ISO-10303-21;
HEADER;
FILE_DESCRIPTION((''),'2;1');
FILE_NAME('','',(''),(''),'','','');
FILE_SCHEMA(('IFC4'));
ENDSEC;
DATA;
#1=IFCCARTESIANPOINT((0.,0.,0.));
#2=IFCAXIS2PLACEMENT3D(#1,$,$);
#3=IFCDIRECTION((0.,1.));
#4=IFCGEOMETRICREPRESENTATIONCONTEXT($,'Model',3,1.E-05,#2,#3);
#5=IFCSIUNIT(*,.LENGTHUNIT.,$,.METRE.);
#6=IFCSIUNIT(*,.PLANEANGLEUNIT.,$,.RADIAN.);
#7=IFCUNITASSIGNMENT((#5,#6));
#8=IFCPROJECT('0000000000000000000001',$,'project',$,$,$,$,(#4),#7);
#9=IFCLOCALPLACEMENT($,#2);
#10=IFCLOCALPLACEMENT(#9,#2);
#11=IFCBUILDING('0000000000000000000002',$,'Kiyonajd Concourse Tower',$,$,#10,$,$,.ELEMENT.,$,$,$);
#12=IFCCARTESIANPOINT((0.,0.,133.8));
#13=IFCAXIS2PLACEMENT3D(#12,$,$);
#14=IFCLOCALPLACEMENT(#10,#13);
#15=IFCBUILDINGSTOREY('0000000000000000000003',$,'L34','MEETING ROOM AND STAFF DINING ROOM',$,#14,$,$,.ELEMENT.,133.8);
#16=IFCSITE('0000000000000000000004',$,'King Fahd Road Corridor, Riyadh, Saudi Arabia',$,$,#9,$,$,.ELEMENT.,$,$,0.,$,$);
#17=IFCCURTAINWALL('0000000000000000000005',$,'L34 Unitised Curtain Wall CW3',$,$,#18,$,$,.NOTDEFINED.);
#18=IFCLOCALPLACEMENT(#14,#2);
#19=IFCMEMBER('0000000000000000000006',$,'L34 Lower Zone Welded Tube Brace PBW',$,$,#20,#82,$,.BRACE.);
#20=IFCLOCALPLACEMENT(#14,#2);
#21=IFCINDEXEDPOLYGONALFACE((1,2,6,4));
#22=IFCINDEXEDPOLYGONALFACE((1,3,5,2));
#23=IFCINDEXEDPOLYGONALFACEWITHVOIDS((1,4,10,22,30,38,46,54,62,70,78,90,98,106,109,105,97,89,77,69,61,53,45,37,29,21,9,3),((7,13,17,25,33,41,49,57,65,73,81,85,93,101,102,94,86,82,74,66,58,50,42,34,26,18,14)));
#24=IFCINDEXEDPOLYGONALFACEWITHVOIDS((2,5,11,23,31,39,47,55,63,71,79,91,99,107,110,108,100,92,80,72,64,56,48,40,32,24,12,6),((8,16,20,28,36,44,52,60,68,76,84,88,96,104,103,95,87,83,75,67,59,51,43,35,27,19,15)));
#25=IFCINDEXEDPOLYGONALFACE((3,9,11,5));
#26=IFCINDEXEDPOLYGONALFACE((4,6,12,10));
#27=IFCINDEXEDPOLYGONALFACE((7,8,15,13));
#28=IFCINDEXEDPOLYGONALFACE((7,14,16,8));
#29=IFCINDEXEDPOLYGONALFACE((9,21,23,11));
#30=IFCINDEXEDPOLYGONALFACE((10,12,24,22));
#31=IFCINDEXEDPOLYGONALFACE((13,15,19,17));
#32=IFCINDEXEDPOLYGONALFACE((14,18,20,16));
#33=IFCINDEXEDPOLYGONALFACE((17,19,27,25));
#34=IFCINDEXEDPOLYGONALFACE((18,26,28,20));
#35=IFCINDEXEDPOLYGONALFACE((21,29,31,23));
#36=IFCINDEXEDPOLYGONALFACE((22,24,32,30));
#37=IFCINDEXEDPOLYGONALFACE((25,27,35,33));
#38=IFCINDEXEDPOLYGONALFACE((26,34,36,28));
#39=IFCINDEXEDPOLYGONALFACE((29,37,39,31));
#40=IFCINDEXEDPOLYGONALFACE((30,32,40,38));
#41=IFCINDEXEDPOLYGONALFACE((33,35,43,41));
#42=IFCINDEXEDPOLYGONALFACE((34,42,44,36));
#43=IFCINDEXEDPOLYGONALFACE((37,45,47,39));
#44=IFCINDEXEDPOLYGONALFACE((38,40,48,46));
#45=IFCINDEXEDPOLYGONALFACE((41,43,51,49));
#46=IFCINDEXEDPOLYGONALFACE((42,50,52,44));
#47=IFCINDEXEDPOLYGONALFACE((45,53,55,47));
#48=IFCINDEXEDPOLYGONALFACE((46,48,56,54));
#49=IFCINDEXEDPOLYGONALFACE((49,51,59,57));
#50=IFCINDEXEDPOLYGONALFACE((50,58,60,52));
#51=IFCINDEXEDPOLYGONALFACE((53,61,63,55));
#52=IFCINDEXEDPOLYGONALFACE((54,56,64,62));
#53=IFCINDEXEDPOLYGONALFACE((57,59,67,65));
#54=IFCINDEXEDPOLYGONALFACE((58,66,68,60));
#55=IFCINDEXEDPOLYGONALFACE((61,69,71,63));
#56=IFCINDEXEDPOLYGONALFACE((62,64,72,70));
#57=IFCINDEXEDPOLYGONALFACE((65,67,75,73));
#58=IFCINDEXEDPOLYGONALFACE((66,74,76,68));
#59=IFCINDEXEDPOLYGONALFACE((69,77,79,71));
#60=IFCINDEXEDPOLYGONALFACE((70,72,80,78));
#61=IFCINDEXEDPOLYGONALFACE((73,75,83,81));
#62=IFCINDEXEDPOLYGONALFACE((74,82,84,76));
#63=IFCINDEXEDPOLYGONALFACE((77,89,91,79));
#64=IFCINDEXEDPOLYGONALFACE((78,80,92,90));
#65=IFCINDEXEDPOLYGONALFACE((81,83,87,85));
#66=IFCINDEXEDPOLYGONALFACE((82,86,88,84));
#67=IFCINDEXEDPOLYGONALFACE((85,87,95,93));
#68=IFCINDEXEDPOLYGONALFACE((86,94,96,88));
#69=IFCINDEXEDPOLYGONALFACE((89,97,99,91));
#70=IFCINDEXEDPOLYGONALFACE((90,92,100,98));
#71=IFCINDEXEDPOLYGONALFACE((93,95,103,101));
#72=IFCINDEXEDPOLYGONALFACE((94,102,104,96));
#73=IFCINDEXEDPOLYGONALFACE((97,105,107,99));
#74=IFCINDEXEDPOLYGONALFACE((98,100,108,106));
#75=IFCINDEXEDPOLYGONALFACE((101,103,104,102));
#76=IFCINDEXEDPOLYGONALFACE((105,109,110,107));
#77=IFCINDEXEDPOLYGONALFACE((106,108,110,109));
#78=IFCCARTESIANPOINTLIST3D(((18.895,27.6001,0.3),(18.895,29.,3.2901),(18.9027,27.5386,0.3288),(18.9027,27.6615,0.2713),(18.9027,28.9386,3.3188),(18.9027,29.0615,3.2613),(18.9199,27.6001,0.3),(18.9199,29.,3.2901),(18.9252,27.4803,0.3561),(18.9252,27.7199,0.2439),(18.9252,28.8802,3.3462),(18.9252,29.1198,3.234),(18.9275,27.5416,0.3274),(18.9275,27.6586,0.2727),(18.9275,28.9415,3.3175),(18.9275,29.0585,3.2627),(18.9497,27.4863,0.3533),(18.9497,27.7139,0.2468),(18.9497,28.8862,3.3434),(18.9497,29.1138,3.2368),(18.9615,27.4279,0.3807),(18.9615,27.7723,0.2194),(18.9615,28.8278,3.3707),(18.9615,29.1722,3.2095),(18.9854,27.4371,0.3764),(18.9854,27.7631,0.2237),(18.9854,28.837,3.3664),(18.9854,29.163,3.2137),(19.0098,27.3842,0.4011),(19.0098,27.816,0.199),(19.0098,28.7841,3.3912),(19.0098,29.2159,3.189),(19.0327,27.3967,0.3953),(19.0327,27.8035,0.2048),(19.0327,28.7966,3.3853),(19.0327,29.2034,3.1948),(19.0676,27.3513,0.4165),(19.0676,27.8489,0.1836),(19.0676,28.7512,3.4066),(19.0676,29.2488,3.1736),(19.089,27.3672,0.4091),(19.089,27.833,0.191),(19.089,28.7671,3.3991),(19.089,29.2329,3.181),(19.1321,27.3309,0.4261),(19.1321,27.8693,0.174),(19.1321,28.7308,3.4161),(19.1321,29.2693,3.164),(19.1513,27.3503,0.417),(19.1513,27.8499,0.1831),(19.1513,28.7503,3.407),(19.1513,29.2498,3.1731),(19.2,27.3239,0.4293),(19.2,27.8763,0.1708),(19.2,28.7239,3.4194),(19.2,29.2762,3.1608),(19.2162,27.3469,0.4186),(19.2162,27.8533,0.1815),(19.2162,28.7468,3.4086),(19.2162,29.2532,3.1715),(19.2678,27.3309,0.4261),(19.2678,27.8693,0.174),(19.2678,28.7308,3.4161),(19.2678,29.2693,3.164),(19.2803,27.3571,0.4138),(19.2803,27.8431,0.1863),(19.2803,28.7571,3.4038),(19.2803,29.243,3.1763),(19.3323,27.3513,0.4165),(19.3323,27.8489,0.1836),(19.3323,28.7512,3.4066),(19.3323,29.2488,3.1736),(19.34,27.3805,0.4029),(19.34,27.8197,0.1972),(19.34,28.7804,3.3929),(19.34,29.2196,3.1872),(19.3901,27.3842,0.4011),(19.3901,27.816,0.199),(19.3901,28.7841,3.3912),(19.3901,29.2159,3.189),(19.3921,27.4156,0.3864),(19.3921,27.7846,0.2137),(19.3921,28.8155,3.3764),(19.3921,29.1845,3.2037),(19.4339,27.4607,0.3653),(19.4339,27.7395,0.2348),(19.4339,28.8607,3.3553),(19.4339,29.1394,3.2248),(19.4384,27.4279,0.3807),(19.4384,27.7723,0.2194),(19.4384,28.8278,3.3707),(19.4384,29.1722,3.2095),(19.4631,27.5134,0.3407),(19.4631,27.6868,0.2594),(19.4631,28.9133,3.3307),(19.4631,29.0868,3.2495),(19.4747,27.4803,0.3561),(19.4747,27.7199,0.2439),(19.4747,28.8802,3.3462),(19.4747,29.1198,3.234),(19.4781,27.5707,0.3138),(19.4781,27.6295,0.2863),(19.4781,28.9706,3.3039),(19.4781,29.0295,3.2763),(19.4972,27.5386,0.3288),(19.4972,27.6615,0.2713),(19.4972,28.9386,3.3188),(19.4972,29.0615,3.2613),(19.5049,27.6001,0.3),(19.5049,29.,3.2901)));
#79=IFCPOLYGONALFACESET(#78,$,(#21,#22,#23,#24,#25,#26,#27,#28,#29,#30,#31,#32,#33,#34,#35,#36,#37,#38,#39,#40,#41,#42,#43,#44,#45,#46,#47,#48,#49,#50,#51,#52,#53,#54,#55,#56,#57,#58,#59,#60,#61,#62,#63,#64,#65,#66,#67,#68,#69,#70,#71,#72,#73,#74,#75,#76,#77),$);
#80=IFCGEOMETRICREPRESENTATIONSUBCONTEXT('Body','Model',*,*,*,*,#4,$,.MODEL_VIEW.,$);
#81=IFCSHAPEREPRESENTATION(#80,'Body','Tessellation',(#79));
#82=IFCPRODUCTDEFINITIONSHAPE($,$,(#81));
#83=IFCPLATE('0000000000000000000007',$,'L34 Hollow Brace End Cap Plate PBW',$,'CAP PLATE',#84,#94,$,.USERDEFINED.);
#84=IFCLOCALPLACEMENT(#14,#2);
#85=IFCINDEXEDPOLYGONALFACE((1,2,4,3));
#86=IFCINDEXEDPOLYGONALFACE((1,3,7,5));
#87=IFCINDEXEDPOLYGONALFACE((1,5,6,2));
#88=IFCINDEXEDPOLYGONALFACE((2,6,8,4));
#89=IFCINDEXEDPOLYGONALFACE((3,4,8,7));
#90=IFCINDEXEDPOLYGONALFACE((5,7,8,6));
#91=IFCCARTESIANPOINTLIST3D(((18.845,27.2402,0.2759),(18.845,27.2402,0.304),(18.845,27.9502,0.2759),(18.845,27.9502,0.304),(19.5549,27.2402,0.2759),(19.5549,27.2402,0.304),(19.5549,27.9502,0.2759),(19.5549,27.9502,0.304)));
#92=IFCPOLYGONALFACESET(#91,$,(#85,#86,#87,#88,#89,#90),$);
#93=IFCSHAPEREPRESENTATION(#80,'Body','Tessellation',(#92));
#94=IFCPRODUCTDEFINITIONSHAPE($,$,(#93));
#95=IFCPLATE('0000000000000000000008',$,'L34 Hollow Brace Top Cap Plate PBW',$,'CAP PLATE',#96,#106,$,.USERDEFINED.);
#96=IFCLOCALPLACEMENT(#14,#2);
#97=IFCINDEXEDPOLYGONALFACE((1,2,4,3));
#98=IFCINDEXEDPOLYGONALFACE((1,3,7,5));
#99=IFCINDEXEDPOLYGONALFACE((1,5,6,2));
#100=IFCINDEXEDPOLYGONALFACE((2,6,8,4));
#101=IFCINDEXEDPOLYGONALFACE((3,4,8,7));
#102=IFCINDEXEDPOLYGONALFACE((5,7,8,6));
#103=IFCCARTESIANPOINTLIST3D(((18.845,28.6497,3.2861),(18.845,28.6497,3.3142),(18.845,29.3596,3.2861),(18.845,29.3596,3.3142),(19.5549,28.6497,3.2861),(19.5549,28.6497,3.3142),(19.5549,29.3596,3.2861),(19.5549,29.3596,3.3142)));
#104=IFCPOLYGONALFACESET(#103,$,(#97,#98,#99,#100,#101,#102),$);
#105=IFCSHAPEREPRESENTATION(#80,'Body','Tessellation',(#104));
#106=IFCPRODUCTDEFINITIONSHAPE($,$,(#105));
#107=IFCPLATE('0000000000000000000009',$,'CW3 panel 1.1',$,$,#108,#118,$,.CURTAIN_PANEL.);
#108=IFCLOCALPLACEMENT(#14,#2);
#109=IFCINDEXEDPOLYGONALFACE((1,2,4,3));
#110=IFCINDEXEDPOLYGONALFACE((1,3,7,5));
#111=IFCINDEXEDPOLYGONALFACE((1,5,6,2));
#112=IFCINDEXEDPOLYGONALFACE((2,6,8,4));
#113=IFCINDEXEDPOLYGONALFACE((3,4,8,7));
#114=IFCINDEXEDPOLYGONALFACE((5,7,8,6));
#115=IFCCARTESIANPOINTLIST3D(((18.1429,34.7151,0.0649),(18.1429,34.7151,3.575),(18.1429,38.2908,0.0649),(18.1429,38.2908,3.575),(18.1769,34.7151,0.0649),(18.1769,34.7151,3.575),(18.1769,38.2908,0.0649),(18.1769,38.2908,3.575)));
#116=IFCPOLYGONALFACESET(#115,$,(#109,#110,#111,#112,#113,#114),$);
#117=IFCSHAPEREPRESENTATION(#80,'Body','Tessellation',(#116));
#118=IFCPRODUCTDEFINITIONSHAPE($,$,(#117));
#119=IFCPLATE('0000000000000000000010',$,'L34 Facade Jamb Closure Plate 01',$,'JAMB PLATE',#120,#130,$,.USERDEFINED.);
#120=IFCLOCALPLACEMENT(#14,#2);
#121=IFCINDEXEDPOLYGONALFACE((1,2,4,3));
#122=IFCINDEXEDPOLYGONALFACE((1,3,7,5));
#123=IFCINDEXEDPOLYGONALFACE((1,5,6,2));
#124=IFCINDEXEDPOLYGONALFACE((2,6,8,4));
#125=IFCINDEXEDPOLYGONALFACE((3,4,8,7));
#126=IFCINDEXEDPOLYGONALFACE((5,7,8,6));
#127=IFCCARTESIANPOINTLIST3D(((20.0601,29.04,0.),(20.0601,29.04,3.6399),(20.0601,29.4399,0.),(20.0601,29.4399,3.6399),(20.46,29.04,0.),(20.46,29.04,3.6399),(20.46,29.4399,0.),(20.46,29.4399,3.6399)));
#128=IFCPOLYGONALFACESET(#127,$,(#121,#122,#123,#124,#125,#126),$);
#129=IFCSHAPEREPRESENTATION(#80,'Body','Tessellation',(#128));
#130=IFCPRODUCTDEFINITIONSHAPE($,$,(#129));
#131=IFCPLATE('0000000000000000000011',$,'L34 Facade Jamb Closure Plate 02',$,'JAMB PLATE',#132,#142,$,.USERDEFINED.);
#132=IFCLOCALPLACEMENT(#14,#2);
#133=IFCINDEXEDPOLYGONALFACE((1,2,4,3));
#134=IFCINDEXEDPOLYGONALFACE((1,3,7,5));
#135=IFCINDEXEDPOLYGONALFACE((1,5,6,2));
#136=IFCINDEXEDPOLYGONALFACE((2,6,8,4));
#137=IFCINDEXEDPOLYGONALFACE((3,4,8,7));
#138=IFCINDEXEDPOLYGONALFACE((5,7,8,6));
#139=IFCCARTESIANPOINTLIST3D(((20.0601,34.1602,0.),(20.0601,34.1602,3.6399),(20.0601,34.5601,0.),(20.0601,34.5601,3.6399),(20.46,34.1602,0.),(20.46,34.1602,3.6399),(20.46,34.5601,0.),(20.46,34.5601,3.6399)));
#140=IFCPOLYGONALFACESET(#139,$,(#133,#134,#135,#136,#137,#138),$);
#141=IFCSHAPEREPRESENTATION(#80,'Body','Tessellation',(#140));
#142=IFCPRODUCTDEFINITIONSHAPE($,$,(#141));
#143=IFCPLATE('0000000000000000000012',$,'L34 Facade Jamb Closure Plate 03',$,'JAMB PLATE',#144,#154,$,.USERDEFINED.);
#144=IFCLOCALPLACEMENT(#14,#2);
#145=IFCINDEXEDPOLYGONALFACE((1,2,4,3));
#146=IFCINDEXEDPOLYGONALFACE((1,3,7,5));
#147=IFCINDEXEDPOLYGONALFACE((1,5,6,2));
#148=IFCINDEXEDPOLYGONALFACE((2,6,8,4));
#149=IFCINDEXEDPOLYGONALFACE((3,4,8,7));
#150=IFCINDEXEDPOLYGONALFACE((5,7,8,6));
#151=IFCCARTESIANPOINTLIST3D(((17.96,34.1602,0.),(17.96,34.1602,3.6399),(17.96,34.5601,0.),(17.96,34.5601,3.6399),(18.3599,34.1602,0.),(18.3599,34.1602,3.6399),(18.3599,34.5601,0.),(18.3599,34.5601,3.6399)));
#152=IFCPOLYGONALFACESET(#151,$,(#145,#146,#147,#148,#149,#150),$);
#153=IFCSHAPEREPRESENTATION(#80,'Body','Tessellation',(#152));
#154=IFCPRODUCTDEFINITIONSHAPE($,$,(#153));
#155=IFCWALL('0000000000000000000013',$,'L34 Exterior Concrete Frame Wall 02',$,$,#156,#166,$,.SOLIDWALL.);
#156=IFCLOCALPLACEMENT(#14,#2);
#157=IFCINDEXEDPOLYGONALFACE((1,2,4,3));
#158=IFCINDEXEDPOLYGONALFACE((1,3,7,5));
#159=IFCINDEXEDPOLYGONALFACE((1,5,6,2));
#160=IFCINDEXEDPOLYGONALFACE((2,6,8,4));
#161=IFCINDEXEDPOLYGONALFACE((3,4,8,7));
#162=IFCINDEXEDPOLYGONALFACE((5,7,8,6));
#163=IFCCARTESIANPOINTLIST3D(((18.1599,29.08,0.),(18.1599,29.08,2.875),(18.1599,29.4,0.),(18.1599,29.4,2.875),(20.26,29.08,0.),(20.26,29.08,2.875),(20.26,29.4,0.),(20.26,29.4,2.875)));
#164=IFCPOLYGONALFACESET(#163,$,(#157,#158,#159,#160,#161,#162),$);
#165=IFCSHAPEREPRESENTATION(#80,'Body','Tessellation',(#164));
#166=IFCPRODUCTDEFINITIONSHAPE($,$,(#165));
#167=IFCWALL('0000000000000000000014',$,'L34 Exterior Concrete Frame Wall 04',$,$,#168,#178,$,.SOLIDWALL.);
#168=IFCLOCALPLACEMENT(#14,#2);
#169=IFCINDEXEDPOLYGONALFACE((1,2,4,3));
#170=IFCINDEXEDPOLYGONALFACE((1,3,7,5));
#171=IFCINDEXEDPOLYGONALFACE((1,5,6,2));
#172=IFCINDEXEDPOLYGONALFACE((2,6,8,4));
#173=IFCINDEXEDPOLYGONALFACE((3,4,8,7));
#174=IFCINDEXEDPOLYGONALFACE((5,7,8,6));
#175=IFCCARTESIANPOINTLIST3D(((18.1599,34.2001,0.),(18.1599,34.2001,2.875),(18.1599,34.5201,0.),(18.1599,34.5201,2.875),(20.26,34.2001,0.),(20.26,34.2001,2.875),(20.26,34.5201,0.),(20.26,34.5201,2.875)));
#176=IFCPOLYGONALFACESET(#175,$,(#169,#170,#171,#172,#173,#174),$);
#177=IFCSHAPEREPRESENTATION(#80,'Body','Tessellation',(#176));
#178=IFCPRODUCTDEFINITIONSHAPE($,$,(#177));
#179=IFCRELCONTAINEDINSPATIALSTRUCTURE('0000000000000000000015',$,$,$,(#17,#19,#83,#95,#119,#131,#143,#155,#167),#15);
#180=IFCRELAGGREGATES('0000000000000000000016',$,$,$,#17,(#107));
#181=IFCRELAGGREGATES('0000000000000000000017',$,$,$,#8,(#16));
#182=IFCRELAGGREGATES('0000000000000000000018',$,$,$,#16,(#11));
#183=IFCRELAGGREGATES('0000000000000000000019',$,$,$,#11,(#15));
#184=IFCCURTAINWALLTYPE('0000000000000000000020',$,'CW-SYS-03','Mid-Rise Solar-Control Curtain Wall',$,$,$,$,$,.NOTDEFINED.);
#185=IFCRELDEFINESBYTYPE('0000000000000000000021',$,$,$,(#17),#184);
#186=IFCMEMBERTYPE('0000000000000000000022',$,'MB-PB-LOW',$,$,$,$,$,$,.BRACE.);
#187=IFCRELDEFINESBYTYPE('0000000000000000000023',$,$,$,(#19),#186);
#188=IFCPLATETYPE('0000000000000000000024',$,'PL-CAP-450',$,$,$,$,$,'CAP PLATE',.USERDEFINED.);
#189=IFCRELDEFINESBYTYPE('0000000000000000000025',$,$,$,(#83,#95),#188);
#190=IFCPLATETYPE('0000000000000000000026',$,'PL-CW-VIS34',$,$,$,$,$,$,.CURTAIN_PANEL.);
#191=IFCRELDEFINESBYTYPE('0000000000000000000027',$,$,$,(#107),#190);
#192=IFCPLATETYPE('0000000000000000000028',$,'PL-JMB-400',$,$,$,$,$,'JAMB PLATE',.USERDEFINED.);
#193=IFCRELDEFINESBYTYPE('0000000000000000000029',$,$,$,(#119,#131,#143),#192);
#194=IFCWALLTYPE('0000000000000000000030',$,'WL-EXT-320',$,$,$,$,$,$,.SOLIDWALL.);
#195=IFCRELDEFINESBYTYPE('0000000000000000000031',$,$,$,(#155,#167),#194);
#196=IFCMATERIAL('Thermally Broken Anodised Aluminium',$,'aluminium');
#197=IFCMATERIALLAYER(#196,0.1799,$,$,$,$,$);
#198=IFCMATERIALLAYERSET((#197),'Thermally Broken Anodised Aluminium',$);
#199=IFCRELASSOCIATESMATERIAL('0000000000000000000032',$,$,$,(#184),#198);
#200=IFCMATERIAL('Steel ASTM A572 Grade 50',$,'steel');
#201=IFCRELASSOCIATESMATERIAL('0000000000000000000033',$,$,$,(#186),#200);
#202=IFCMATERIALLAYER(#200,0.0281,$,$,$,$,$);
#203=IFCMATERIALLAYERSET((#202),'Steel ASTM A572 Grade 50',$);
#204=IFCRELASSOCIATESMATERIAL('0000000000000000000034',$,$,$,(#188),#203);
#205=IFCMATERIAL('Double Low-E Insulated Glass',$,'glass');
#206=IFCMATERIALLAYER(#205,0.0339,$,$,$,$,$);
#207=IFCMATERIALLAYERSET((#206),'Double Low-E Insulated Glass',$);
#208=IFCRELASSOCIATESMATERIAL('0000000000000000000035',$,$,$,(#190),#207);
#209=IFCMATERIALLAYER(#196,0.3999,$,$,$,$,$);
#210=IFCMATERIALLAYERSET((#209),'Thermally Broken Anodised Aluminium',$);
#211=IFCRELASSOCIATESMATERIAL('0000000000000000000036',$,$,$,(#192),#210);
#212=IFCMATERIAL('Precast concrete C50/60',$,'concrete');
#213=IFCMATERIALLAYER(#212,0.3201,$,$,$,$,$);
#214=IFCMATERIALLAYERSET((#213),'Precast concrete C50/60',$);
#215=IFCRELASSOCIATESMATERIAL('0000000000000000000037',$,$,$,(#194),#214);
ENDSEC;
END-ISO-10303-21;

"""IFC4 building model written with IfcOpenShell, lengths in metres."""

from ifc_helpers import new_model, si_unit, direction, frame, frame_2d, origin, origin_2d, place, context, subcontext, project, spatial, rectangle, hollow_circle, extrude, material, layer, layer_set, material_profile, profile_set, type_object, element, aggregate, save


model = new_model("IFC4")

# Units and contexts
model_context = context("Model", 3, precision=1e-05, world=origin(), true_north=direction((0.0, 1.0)))
body_context = subcontext(model_context, "Body", "Model", "MODEL_VIEW")
ifc_project = project(units=[si_unit("LENGTHUNIT", "METRE"), si_unit("PLANEANGLEUNIT", "RADIAN")], contexts=[model_context])

# Site, building, storey
site_placement = place(None, origin())
site = spatial("IfcSite", under=ifc_project, at=site_placement, Name="King Fahd Road Corridor, Riyadh, Saudi Arabia", CompositionType="ELEMENT", RefElevation=0.0)
building_placement = place(site_placement, origin())
building = spatial("IfcBuilding", under=site, at=building_placement, Name="Kiyonajd Concourse Tower", CompositionType="ELEMENT")
storey_placement = place(building_placement, frame((0.0, 0.0, 133.8)))
storey = spatial("IfcBuildingStorey", under=building, at=storey_placement, Name="L34", Description="MEETING ROOM AND STAFF DINING ROOM", CompositionType="ELEMENT", Elevation=133.8)

# Shared definitions
ifc_material_1 = material(Name="Precast concrete C50/60", Category="concrete")

# Curtain wall
ifc_material_2 = material(Name="Thermally Broken Anodised Aluminium", Category="aluminium")
ifc_layer_1 = layer(ifc_material_2, 0.1799)
ifc_layer_set_1 = layer_set([ifc_layer_1], Name="Thermally Broken Anodised Aluminium")
curtain_wall_type = type_object("IfcCurtainWallType", Name="CW-SYS-03", Description="Mid-Rise Solar-Control Curtain Wall", PredefinedType="NOTDEFINED", material=ifc_layer_set_1)
curtain_wall_placement = place(storey_placement, origin())
curtain_wall = element("IfcCurtainWall", 1, at=curtain_wall_placement, inside=storey, type_object=curtain_wall_type, Name="L34 Unitised Curtain Wall CW3", PredefinedType="NOTDEFINED")

# Member
ifc_material_3 = material(Name="Steel ASTM A572 Grade 50", Category="steel")
ifc_material_profile_1 = material_profile(ifc_material_3, hollow_circle(Radius=0.3049, WallThickness=0.0249, at=origin_2d()), Name="CHS-610x25")
ifc_profile_set_1 = profile_set([ifc_material_profile_1], Name="Steel ASTM A572 Grade 50")
member_type_1 = type_object("IfcMemberType", Name="MB-PB-LOW", PredefinedType="BRACE", material=ifc_profile_set_1)
member_1_placement = place(storey_placement, frame((19.2, 27.6001, 0.3), z_axis=(0.0, 0.424023, 0.905652), x_axis=(-1.0, 0.0, 0.0)))
element("IfcMember", 2, at=member_1_placement, inside=storey, type_object=member_type_1, Name="L34 Lower Zone Welded Tube Brace PBW", PredefinedType="BRACE", context=body_context, shape_type="SweptSolid", body=[
    extrude(hollow_circle(Radius=0.3049, WallThickness=0.0249, at=origin_2d()), origin(), (0.0, 0.0, 1.0), 3.3015),
])

# Plates
ifc_layer_2 = layer(ifc_material_3, 0.0281)
ifc_layer_set_2 = layer_set([ifc_layer_2], Name="Steel ASTM A572 Grade 50")
plate_type_1 = type_object("IfcPlateType", Name="PL-CAP-450", ElementType="CAP PLATE", PredefinedType="USERDEFINED", material=ifc_layer_set_2)
for number, where, z_axis, x_axis, name in (
    (3, (19.2, 27.5952, 0.2759), (0.0, 0.0, 1.0), (1.0, 0.0, 0.0), "L34 Hollow Brace End Cap Plate PBW"),
    (4, (19.2, 29.0046, 3.2861), (0.0, 0.0, 1.0), (1.0, 0.0, 0.0), "L34 Hollow Brace Top Cap Plate PBW"),
):
    element("IfcPlate", number, at=place(storey_placement, frame(where, z_axis=z_axis, x_axis=x_axis)), inside=storey, type_object=plate_type_1, Name=name, ObjectType="CAP PLATE", PredefinedType="USERDEFINED", context=body_context, shape_type="SweptSolid", body=[
        extrude(rectangle(XDim=0.71, YDim=0.71, at=origin_2d()), origin(), (0.0, 0.0, 1.0), 0.0281),
    ])

# Plate
ifc_material_4 = material(Name="Double Low-E Insulated Glass", Category="glass")
ifc_layer_3 = layer(ifc_material_4, 0.0339)
ifc_layer_set_3 = layer_set([ifc_layer_3], Name="Double Low-E Insulated Glass")
plate_type_2 = type_object("IfcPlateType", Name="PL-CW-VIS34", PredefinedType="CURTAIN_PANEL", material=ifc_layer_set_3)
plate_placement = place(storey_placement, frame((18.1599, 36.5029, 0.0649), z_axis=(0.0, 0.0, 1.0), x_axis=(0.0, 1.0, 0.0)))
plate = element("IfcPlate", 5, at=plate_placement, type_object=plate_type_2, Name="CW3 panel 1.1", PredefinedType="CURTAIN_PANEL", context=body_context, shape_type="SweptSolid", body=[
    extrude(rectangle(XDim=3.5757, YDim=0.0339, at=origin_2d()), origin(), (0.0, 0.0, 1.0), 3.51),
])
aggregate(curtain_wall, [plate])

# Plates
ifc_layer_4 = layer(ifc_material_2, 0.3999)
ifc_layer_set_4 = layer_set([ifc_layer_4], Name="Thermally Broken Anodised Aluminium")
plate_type_3 = type_object("IfcPlateType", Name="PL-JMB-400", ElementType="JAMB PLATE", PredefinedType="USERDEFINED", material=ifc_layer_set_4)
for number, where, z_axis, x_axis, name in (
    (6, (20.26, 29.24, 0.0), (0.0, 0.0, 1.0), (1.0, 0.0, 0.0), "L34 Facade Jamb Closure Plate 01"),
    (7, (20.26, 34.3601, 0.0), (0.0, 0.0, 1.0), (1.0, 0.0, 0.0), "L34 Facade Jamb Closure Plate 02"),
    (8, (18.1599, 34.3601, 0.0), (0.0, 0.0, 1.0), (1.0, 0.0, 0.0), "L34 Facade Jamb Closure Plate 03"),
):
    element("IfcPlate", number, at=place(storey_placement, frame(where, z_axis=z_axis, x_axis=x_axis)), inside=storey, type_object=plate_type_3, Name=name, ObjectType="JAMB PLATE", PredefinedType="USERDEFINED", context=body_context, shape_type="SweptSolid", body=[
        extrude(rectangle(XDim=0.3999, YDim=0.3999, at=origin_2d()), origin(), (0.0, 0.0, 1.0), 3.6399),
    ])

# Walls
ifc_layer_5 = layer(ifc_material_1, 0.3201)
ifc_layer_set_5 = layer_set([ifc_layer_5], Name="Precast concrete C50/60")
wall_type_1 = type_object("IfcWallType", Name="WL-EXT-320", PredefinedType="SOLIDWALL", material=ifc_layer_set_5)
for number, where, z_axis, x_axis, name in (
    (9, (18.1599, 29.24, 0.0), (0.0, 0.0, 1.0), (1.0, 0.0, 0.0), "L34 Exterior Concrete Frame Wall 02"),
    (10, (20.26, 34.3601, 0.0), (0.0, 0.0, 1.0), (-1.0, 0.0, 0.0), "L34 Exterior Concrete Frame Wall 04"),
):
    element("IfcWall", number, at=place(storey_placement, frame(where, z_axis=z_axis, x_axis=x_axis)), inside=storey, type_object=wall_type_1, Name=name, PredefinedType="SOLIDWALL", context=body_context, shape_type="SweptSolid", body=[
        extrude(rectangle(XDim=2.1001, YDim=0.3201, at=frame_2d((1.05, 0.0))), origin(), (0.0, 0.0, 1.0), 2.875),
    ])

save(model, "model.ifc")
